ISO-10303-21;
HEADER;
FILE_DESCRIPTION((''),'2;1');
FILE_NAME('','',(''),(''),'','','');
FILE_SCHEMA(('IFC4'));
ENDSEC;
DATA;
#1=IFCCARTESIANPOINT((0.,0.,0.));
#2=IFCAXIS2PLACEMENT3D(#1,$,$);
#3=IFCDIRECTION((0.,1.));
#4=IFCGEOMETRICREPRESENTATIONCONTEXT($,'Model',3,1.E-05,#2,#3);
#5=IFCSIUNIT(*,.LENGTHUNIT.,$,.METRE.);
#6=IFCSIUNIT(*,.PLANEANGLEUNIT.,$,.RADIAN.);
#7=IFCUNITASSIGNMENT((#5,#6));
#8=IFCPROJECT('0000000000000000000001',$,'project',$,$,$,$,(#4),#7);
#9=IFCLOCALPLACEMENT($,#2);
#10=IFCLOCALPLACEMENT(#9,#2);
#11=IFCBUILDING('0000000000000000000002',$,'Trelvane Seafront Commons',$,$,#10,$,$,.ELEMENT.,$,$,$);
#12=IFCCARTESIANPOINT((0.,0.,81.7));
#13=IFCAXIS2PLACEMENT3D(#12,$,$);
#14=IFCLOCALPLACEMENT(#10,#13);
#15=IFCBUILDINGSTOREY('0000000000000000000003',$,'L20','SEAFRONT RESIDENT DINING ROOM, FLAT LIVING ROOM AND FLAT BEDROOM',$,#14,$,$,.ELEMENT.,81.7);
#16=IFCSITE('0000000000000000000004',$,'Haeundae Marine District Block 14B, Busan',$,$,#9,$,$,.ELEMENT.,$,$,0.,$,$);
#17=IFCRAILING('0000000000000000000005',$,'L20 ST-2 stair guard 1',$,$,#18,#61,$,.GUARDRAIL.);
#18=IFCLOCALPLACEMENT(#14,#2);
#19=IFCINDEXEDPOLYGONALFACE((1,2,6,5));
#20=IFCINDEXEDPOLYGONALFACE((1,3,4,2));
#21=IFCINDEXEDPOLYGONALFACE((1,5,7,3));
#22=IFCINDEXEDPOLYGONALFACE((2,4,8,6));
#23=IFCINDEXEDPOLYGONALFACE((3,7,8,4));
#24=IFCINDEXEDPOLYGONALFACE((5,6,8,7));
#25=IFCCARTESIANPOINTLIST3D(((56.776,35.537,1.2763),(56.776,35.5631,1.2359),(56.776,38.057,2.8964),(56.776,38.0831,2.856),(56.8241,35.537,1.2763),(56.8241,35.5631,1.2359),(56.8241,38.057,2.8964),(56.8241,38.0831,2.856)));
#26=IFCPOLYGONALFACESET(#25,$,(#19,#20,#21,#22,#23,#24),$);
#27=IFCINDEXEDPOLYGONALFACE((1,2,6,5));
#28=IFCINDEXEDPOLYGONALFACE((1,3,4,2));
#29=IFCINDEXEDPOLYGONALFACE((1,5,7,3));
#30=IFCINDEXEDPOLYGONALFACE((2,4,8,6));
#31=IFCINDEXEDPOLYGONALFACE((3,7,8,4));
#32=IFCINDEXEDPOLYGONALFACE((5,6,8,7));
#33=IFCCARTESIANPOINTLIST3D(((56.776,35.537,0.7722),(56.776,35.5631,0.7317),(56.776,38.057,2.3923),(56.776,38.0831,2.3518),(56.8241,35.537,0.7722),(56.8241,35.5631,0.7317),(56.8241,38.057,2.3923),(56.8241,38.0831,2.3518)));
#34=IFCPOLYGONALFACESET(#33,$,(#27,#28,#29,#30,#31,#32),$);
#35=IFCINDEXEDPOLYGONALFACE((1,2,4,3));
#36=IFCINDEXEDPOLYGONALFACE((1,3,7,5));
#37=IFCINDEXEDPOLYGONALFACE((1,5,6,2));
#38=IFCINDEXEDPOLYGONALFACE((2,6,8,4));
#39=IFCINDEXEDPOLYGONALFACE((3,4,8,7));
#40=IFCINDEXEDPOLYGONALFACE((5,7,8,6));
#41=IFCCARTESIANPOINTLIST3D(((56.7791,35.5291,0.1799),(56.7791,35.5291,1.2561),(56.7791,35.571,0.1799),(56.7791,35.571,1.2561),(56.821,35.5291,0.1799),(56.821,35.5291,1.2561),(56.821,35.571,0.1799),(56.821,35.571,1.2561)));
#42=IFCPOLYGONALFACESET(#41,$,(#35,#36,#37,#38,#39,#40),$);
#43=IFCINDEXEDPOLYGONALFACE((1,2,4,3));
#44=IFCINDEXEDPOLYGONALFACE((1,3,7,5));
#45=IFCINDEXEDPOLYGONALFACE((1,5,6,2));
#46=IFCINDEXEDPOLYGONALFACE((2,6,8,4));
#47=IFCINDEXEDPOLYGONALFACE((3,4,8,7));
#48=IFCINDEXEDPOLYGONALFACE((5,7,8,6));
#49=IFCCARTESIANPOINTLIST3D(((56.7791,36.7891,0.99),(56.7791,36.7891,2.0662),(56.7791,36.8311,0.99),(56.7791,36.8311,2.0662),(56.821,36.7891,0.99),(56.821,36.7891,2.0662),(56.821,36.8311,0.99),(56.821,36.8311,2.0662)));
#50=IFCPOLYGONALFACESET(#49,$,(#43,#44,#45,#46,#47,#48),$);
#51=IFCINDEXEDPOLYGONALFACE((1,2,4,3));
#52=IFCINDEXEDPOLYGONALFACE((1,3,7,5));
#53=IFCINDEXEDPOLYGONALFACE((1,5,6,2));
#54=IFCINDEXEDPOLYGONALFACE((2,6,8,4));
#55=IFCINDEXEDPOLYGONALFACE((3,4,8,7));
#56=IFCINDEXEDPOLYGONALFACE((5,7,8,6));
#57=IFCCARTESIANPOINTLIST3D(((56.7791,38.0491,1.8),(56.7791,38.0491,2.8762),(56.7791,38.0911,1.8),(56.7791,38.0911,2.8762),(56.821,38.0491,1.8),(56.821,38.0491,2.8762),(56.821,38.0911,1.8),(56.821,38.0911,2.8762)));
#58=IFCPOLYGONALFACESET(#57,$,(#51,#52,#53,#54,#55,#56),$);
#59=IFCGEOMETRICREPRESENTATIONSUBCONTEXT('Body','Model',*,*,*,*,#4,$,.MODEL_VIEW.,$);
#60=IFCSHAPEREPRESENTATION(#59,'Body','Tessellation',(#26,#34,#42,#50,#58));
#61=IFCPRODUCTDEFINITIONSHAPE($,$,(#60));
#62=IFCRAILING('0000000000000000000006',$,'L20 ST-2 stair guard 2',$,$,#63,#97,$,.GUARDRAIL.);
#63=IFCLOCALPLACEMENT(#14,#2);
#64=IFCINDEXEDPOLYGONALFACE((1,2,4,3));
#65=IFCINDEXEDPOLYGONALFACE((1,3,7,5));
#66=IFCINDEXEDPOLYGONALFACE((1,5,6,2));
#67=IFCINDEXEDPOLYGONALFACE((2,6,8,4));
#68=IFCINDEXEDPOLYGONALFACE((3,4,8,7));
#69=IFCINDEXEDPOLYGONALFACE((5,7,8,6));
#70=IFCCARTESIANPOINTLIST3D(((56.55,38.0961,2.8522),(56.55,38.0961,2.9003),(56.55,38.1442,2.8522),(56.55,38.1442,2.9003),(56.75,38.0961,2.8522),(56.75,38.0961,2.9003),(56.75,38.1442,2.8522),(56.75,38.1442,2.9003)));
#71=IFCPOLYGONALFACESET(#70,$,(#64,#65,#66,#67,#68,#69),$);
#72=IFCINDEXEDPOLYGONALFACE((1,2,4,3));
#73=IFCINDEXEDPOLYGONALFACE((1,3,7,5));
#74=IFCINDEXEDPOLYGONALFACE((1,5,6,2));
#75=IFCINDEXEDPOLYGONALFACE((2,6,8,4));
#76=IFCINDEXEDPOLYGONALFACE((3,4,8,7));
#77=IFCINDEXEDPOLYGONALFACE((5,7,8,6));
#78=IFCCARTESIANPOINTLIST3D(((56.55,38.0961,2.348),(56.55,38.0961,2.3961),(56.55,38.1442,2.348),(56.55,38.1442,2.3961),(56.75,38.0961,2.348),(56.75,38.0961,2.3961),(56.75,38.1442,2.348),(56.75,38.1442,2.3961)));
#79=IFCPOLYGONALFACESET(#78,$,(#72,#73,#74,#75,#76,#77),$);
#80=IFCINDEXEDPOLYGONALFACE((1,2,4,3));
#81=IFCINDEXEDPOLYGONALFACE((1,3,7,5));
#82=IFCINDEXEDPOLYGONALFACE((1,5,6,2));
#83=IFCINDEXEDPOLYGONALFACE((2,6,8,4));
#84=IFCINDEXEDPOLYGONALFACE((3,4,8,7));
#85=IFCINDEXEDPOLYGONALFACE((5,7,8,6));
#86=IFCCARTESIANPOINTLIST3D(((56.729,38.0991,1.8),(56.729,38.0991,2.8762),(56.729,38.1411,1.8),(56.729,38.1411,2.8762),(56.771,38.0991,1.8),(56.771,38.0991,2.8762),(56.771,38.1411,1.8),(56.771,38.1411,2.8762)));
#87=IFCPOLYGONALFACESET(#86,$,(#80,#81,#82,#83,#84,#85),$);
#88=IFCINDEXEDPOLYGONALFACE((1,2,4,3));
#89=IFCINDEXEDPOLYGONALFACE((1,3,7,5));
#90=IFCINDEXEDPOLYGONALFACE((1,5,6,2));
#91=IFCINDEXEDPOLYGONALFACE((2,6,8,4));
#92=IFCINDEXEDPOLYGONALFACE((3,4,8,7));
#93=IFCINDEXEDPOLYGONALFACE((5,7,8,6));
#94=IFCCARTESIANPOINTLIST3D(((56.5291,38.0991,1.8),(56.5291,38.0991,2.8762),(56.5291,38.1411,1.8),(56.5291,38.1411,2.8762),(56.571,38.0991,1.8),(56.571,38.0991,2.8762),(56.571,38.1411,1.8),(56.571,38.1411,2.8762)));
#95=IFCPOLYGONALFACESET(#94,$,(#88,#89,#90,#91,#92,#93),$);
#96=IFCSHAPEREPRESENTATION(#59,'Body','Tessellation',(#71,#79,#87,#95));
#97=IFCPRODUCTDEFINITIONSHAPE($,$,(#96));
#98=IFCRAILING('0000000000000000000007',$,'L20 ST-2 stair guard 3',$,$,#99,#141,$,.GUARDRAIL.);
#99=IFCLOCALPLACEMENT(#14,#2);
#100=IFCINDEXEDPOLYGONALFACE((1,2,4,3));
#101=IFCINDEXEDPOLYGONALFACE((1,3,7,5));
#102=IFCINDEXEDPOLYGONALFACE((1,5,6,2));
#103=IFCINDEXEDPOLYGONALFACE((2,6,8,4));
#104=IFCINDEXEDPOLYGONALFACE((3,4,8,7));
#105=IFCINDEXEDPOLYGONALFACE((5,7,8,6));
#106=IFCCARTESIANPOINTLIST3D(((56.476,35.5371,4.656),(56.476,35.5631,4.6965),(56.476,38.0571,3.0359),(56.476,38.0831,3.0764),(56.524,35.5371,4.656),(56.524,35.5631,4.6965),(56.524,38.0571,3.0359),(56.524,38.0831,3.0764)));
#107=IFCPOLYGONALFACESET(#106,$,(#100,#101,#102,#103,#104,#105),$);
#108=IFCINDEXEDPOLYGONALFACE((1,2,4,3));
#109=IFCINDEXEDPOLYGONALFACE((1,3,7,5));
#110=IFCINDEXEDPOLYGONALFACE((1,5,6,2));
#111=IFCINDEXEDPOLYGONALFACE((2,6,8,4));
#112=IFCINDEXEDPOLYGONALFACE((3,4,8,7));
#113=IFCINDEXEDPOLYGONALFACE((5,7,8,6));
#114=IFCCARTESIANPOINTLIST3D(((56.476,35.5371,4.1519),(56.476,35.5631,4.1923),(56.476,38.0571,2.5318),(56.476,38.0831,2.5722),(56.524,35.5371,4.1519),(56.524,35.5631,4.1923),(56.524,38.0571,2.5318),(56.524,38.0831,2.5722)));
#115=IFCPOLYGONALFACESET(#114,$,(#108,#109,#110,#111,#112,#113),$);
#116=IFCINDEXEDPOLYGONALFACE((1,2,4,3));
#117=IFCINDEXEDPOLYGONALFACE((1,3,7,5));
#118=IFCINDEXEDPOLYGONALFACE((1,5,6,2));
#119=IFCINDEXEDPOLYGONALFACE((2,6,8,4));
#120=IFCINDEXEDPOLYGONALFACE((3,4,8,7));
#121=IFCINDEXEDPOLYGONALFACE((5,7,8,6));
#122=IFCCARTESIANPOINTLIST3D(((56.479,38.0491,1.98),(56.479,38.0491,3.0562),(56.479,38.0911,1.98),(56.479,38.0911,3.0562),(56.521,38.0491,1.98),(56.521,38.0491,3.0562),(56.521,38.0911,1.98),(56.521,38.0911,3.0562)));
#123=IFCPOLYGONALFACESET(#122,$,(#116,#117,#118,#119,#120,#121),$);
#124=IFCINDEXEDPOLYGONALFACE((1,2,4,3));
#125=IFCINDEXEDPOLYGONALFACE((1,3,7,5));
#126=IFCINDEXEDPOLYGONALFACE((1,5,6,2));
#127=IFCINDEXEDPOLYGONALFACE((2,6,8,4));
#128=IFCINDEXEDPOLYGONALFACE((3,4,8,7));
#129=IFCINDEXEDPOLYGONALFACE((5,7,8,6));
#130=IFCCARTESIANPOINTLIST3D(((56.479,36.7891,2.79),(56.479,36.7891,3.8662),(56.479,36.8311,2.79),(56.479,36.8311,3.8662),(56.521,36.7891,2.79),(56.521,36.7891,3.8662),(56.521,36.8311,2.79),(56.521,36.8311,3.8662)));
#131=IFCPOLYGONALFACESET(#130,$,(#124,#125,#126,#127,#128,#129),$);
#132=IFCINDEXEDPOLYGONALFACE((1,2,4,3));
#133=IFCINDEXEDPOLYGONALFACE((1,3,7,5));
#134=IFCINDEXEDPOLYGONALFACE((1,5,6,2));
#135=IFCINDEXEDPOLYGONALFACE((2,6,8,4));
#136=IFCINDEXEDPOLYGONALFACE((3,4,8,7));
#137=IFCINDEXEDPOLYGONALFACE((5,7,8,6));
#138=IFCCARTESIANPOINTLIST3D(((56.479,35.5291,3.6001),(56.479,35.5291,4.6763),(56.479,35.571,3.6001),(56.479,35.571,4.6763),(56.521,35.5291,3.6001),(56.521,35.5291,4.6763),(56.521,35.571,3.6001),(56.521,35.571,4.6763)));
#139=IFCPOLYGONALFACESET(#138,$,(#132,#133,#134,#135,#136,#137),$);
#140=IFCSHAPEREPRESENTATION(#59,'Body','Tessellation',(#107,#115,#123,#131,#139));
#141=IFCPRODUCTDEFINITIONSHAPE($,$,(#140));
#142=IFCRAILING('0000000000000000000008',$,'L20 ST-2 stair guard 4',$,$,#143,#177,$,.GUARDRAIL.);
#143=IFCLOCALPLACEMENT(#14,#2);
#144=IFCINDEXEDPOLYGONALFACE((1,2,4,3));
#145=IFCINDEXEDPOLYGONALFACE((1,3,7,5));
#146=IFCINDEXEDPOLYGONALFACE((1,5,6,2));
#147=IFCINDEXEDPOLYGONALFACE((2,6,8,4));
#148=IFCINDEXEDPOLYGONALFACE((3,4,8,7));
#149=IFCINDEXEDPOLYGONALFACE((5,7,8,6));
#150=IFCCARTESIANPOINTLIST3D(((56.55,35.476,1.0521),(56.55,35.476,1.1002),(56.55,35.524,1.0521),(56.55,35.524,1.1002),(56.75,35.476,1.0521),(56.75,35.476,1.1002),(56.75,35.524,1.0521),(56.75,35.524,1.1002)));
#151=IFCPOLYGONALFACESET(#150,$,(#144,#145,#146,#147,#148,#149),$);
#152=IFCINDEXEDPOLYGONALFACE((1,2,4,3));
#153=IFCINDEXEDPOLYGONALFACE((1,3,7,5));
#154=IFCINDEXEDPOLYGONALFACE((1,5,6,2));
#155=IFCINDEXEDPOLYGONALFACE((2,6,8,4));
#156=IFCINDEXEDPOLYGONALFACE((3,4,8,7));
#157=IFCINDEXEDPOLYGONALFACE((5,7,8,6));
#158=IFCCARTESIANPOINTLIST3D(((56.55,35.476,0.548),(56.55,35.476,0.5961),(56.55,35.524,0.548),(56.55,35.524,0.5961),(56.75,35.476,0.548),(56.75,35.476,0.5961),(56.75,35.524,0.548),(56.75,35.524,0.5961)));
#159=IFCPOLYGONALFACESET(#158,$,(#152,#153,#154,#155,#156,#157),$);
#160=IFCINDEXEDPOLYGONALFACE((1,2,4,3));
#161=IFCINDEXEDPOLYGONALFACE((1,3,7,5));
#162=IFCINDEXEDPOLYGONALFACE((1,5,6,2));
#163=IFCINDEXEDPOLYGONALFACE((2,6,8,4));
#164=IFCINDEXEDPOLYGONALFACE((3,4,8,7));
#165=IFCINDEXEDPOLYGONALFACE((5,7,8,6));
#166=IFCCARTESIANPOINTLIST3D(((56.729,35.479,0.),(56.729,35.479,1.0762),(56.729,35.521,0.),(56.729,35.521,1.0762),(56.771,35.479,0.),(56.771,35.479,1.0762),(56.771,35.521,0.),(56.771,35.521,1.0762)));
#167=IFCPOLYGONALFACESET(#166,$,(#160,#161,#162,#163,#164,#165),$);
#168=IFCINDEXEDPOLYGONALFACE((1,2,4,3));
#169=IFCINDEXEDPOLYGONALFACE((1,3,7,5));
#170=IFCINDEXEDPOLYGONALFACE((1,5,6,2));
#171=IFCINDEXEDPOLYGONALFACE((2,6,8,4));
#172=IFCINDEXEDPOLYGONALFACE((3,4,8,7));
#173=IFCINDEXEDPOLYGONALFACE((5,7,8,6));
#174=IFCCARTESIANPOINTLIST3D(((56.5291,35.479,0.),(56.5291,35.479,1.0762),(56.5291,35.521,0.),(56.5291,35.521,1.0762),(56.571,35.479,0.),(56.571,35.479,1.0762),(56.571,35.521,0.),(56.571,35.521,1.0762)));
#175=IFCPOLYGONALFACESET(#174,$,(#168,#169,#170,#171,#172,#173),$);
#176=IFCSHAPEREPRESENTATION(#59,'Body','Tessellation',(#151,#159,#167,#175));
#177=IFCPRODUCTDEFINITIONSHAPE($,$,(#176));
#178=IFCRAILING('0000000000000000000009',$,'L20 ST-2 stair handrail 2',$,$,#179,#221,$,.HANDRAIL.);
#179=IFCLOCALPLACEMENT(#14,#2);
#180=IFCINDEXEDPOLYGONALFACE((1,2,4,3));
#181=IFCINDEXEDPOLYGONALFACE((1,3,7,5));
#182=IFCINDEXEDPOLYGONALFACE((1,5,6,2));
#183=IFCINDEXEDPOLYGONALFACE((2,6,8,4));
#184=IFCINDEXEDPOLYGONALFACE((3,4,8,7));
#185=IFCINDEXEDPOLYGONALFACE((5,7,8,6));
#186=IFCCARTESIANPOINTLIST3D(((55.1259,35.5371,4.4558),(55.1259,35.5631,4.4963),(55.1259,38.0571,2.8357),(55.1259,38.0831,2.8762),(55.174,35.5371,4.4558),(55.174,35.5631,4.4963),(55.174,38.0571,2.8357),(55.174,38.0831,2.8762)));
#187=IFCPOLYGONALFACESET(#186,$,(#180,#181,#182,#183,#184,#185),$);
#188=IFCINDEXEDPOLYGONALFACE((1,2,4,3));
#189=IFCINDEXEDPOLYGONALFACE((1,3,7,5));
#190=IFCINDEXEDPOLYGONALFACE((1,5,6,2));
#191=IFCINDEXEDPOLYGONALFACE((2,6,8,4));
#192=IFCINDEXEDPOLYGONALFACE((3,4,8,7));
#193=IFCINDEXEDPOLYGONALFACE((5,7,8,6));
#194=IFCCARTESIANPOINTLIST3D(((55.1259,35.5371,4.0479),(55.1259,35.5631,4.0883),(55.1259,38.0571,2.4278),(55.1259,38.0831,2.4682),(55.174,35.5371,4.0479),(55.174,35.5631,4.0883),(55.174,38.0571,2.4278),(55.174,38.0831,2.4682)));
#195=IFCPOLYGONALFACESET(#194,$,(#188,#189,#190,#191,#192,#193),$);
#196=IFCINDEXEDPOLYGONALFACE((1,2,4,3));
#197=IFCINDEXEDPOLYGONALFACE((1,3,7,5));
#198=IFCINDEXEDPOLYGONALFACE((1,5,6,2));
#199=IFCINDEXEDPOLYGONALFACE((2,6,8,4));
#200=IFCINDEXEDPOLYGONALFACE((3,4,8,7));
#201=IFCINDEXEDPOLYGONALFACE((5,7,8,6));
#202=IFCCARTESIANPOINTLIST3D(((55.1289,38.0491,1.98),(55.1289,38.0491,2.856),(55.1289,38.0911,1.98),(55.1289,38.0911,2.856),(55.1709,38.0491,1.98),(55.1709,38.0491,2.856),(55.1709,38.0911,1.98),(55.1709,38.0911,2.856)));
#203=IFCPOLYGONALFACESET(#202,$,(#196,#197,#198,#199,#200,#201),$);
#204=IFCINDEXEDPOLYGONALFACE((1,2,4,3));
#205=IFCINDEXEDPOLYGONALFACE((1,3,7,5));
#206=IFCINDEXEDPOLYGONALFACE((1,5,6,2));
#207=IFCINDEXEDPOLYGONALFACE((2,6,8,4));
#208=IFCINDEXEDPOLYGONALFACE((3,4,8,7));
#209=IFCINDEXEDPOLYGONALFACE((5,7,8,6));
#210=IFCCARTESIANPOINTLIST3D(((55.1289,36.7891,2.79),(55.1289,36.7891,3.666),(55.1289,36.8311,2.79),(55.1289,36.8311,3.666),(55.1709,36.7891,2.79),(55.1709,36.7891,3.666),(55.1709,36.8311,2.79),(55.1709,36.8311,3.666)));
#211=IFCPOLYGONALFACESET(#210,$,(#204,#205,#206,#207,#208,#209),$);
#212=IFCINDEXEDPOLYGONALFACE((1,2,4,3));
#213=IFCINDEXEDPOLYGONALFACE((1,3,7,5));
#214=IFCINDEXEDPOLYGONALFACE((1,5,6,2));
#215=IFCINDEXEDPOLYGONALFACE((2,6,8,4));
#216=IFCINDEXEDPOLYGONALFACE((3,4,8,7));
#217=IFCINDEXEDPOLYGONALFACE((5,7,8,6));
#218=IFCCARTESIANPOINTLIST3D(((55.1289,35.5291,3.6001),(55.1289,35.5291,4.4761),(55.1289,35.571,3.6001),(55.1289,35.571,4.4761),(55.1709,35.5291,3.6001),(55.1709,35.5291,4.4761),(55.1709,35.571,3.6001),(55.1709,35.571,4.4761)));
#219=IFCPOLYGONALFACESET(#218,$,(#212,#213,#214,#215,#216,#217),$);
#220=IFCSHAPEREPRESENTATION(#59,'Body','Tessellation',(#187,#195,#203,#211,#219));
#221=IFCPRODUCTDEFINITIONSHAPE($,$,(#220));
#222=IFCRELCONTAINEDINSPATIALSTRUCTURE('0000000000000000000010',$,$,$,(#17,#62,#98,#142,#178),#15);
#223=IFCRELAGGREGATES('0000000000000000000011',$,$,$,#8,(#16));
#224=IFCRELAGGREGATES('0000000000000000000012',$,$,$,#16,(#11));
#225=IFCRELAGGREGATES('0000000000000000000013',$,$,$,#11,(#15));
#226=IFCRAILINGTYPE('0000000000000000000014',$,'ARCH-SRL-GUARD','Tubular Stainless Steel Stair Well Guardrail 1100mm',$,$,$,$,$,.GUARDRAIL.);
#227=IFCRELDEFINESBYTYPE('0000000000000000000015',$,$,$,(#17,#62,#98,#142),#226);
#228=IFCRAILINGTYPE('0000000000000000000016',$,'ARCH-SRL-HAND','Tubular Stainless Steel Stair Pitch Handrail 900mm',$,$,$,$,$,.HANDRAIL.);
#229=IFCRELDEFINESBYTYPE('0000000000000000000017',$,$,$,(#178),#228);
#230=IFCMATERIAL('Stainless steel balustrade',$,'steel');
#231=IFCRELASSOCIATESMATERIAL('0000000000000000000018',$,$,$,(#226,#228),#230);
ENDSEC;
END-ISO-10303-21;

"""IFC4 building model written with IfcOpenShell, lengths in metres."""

from ifc_helpers import new_model, si_unit, direction, frame, origin, origin_2d, place, context, subcontext, project, spatial, rectangle, extrude, material, type_object, element, save


model = new_model("IFC4")

# Units and contexts
model_context = context("Model", 3, precision=1e-05, world=origin(), true_north=direction((0.0, 1.0)))
body_context = subcontext(model_context, "Body", "Model", "MODEL_VIEW")
ifc_project = project(units=[si_unit("LENGTHUNIT", "METRE"), si_unit("PLANEANGLEUNIT", "RADIAN")], contexts=[model_context])

# Site, building, storey
site_placement = place(None, origin())
site = spatial("IfcSite", under=ifc_project, at=site_placement, Name="Haeundae Marine District Block 14B, Busan", CompositionType="ELEMENT", RefElevation=0.0)
building_placement = place(site_placement, origin())
building = spatial("IfcBuilding", under=site, at=building_placement, Name="Trelvane Seafront Commons", CompositionType="ELEMENT")
storey_placement = place(building_placement, frame((0.0, 0.0, 81.7)))
storey = spatial("IfcBuildingStorey", under=building, at=storey_placement, Name="L20", Description="SEAFRONT RESIDENT DINING ROOM, FLAT LIVING ROOM AND FLAT BEDROOM", CompositionType="ELEMENT", Elevation=81.7)

# Railings
ifc_material_1 = material(Name="Stainless steel balustrade", Category="steel")
railing_type_1 = type_object("IfcRailingType", Name="ARCH-SRL-GUARD", Description="Tubular Stainless Steel Stair Well Guardrail 1100mm", PredefinedType="GUARDRAIL", material=ifc_material_1)
railing_1_placement = place(storey_placement, frame((56.8, 35.55, 0.1799)))
element("IfcRailing", 1, at=railing_1_placement, inside=storey, type_object=railing_type_1, Name="L20 ST-2 stair guard 1", PredefinedType="GUARDRAIL", context=body_context, shape_type="SweptSolid", body=[
    extrude(rectangle(XDim=0.0481, YDim=0.0481, at=origin_2d()), frame((0.0, 0.0, 1.0762), z_axis=(0.0, 0.841163, 0.540782), x_axis=(-1.0, 0.0, 0.0)), (0.0, 0.0, 1.0), 2.9958),
    extrude(rectangle(XDim=0.0481, YDim=0.0481, at=origin_2d()), frame((0.0, 0.0, 0.572), z_axis=(0.0, 0.841163, 0.540782), x_axis=(-1.0, 0.0, 0.0)), (0.0, 0.0, 1.0), 2.9958),
    extrude(rectangle(XDim=0.042, YDim=0.042, at=origin_2d()), origin(), (0.0, 0.0, 1.0), 1.0762),
    extrude(rectangle(XDim=0.042, YDim=0.042, at=origin_2d()), frame((0.0, 1.26, 0.8101)), (0.0, 0.0, 1.0), 1.0762),
    extrude(rectangle(XDim=0.042, YDim=0.042, at=origin_2d()), frame((0.0, 2.52, 1.6201)), (0.0, 0.0, 1.0), 1.0762),
])
railing_2_placement = place(storey_placement, frame((56.75, 38.1201, 1.8)))
element("IfcRailing", 2, at=railing_2_placement, inside=storey, type_object=railing_type_1, Name="L20 ST-2 stair guard 2", PredefinedType="GUARDRAIL", context=body_context, shape_type="SweptSolid", body=[
    extrude(rectangle(XDim=0.0481, YDim=0.0481, at=origin_2d()), frame((0.0, 0.0, 1.0762), z_axis=(-1.0, 0.0, 0.0), x_axis=(0.0, -1.0, 0.0)), (0.0, 0.0, 1.0), 0.2),
    extrude(rectangle(XDim=0.0481, YDim=0.0481, at=origin_2d()), frame((0.0, 0.0, 0.572), z_axis=(-1.0, 0.0, 0.0), x_axis=(0.0, -1.0, 0.0)), (0.0, 0.0, 1.0), 0.2),
    extrude(rectangle(XDim=0.042, YDim=0.042, at=origin_2d()), origin(), (0.0, 0.0, 1.0), 1.0762),
    extrude(rectangle(XDim=0.042, YDim=0.042, at=origin_2d()), frame((-0.2, 0.0, 0.0)), (0.0, 0.0, 1.0), 1.0762),
])
railing_3_placement = place(storey_placement, frame((56.5, 38.0701, 1.98)))
element("IfcRailing", 3, at=railing_3_placement, inside=storey, type_object=railing_type_1, Name="L20 ST-2 stair guard 3", PredefinedType="GUARDRAIL", context=body_context, shape_type="SweptSolid", body=[
    extrude(rectangle(XDim=0.0481, YDim=0.0481, at=origin_2d()), frame((0.0, 0.0, 1.0762), z_axis=(0.0, -0.841163, 0.540782), x_axis=(1.0, 0.0, 0.0)), (0.0, 0.0, 1.0), 2.9958),
    extrude(rectangle(XDim=0.0481, YDim=0.0481, at=origin_2d()), frame((0.0, 0.0, 0.572), z_axis=(0.0, -0.841163, 0.540782), x_axis=(1.0, 0.0, 0.0)), (0.0, 0.0, 1.0), 2.9958),
    extrude(rectangle(XDim=0.042, YDim=0.042, at=origin_2d()), origin(), (0.0, 0.0, 1.0), 1.0762),
    extrude(rectangle(XDim=0.042, YDim=0.042, at=origin_2d()), frame((0.0, -1.26, 0.8101)), (0.0, 0.0, 1.0), 1.0762),
    extrude(rectangle(XDim=0.042, YDim=0.042, at=origin_2d()), frame((0.0, -2.52, 1.6201)), (0.0, 0.0, 1.0), 1.0762),
])
railing_4_placement = place(storey_placement, frame((56.75, 35.5, 0.0)))
element("IfcRailing", 4, at=railing_4_placement, inside=storey, type_object=railing_type_1, Name="L20 ST-2 stair guard 4", PredefinedType="GUARDRAIL", context=body_context, shape_type="SweptSolid", body=[
    extrude(rectangle(XDim=0.0481, YDim=0.0481, at=origin_2d()), frame((0.0, 0.0, 1.0762), z_axis=(-1.0, 0.0, 0.0), x_axis=(0.0, -1.0, 0.0)), (0.0, 0.0, 1.0), 0.2),
    extrude(rectangle(XDim=0.0481, YDim=0.0481, at=origin_2d()), frame((0.0, 0.0, 0.572), z_axis=(-1.0, 0.0, 0.0), x_axis=(0.0, -1.0, 0.0)), (0.0, 0.0, 1.0), 0.2),
    extrude(rectangle(XDim=0.042, YDim=0.042, at=origin_2d()), origin(), (0.0, 0.0, 1.0), 1.0762),
    extrude(rectangle(XDim=0.042, YDim=0.042, at=origin_2d()), frame((-0.2, 0.0, 0.0)), (0.0, 0.0, 1.0), 1.0762),
])
railing_type_2 = type_object("IfcRailingType", Name="ARCH-SRL-HAND", Description="Tubular Stainless Steel Stair Pitch Handrail 900mm", PredefinedType="HANDRAIL", material=ifc_material_1)
railing_5_placement = place(storey_placement, frame((55.1499, 38.0701, 1.98)))
element("IfcRailing", 5, at=railing_5_placement, inside=storey, type_object=railing_type_2, Name="L20 ST-2 stair handrail 2", PredefinedType="HANDRAIL", context=body_context, shape_type="SweptSolid", body=[
    extrude(rectangle(XDim=0.0481, YDim=0.0481, at=origin_2d()), frame((0.0, 0.0, 0.876), z_axis=(0.0, -0.841163, 0.540782), x_axis=(1.0, 0.0, 0.0)), (0.0, 0.0, 1.0), 2.9958),
    extrude(rectangle(XDim=0.0481, YDim=0.0481, at=origin_2d()), frame((0.0, 0.0, 0.468), z_axis=(0.0, -0.841163, 0.540782), x_axis=(1.0, 0.0, 0.0)), (0.0, 0.0, 1.0), 2.9958),
    extrude(rectangle(XDim=0.042, YDim=0.042, at=origin_2d()), origin(), (0.0, 0.0, 1.0), 0.876),
    extrude(rectangle(XDim=0.042, YDim=0.042, at=origin_2d()), frame((0.0, -1.26, 0.8101)), (0.0, 0.0, 1.0), 0.876),
    extrude(rectangle(XDim=0.042, YDim=0.042, at=origin_2d()), frame((0.0, -2.52, 1.6201)), (0.0, 0.0, 1.0), 0.876),
])

save(model, "model.ifc")
